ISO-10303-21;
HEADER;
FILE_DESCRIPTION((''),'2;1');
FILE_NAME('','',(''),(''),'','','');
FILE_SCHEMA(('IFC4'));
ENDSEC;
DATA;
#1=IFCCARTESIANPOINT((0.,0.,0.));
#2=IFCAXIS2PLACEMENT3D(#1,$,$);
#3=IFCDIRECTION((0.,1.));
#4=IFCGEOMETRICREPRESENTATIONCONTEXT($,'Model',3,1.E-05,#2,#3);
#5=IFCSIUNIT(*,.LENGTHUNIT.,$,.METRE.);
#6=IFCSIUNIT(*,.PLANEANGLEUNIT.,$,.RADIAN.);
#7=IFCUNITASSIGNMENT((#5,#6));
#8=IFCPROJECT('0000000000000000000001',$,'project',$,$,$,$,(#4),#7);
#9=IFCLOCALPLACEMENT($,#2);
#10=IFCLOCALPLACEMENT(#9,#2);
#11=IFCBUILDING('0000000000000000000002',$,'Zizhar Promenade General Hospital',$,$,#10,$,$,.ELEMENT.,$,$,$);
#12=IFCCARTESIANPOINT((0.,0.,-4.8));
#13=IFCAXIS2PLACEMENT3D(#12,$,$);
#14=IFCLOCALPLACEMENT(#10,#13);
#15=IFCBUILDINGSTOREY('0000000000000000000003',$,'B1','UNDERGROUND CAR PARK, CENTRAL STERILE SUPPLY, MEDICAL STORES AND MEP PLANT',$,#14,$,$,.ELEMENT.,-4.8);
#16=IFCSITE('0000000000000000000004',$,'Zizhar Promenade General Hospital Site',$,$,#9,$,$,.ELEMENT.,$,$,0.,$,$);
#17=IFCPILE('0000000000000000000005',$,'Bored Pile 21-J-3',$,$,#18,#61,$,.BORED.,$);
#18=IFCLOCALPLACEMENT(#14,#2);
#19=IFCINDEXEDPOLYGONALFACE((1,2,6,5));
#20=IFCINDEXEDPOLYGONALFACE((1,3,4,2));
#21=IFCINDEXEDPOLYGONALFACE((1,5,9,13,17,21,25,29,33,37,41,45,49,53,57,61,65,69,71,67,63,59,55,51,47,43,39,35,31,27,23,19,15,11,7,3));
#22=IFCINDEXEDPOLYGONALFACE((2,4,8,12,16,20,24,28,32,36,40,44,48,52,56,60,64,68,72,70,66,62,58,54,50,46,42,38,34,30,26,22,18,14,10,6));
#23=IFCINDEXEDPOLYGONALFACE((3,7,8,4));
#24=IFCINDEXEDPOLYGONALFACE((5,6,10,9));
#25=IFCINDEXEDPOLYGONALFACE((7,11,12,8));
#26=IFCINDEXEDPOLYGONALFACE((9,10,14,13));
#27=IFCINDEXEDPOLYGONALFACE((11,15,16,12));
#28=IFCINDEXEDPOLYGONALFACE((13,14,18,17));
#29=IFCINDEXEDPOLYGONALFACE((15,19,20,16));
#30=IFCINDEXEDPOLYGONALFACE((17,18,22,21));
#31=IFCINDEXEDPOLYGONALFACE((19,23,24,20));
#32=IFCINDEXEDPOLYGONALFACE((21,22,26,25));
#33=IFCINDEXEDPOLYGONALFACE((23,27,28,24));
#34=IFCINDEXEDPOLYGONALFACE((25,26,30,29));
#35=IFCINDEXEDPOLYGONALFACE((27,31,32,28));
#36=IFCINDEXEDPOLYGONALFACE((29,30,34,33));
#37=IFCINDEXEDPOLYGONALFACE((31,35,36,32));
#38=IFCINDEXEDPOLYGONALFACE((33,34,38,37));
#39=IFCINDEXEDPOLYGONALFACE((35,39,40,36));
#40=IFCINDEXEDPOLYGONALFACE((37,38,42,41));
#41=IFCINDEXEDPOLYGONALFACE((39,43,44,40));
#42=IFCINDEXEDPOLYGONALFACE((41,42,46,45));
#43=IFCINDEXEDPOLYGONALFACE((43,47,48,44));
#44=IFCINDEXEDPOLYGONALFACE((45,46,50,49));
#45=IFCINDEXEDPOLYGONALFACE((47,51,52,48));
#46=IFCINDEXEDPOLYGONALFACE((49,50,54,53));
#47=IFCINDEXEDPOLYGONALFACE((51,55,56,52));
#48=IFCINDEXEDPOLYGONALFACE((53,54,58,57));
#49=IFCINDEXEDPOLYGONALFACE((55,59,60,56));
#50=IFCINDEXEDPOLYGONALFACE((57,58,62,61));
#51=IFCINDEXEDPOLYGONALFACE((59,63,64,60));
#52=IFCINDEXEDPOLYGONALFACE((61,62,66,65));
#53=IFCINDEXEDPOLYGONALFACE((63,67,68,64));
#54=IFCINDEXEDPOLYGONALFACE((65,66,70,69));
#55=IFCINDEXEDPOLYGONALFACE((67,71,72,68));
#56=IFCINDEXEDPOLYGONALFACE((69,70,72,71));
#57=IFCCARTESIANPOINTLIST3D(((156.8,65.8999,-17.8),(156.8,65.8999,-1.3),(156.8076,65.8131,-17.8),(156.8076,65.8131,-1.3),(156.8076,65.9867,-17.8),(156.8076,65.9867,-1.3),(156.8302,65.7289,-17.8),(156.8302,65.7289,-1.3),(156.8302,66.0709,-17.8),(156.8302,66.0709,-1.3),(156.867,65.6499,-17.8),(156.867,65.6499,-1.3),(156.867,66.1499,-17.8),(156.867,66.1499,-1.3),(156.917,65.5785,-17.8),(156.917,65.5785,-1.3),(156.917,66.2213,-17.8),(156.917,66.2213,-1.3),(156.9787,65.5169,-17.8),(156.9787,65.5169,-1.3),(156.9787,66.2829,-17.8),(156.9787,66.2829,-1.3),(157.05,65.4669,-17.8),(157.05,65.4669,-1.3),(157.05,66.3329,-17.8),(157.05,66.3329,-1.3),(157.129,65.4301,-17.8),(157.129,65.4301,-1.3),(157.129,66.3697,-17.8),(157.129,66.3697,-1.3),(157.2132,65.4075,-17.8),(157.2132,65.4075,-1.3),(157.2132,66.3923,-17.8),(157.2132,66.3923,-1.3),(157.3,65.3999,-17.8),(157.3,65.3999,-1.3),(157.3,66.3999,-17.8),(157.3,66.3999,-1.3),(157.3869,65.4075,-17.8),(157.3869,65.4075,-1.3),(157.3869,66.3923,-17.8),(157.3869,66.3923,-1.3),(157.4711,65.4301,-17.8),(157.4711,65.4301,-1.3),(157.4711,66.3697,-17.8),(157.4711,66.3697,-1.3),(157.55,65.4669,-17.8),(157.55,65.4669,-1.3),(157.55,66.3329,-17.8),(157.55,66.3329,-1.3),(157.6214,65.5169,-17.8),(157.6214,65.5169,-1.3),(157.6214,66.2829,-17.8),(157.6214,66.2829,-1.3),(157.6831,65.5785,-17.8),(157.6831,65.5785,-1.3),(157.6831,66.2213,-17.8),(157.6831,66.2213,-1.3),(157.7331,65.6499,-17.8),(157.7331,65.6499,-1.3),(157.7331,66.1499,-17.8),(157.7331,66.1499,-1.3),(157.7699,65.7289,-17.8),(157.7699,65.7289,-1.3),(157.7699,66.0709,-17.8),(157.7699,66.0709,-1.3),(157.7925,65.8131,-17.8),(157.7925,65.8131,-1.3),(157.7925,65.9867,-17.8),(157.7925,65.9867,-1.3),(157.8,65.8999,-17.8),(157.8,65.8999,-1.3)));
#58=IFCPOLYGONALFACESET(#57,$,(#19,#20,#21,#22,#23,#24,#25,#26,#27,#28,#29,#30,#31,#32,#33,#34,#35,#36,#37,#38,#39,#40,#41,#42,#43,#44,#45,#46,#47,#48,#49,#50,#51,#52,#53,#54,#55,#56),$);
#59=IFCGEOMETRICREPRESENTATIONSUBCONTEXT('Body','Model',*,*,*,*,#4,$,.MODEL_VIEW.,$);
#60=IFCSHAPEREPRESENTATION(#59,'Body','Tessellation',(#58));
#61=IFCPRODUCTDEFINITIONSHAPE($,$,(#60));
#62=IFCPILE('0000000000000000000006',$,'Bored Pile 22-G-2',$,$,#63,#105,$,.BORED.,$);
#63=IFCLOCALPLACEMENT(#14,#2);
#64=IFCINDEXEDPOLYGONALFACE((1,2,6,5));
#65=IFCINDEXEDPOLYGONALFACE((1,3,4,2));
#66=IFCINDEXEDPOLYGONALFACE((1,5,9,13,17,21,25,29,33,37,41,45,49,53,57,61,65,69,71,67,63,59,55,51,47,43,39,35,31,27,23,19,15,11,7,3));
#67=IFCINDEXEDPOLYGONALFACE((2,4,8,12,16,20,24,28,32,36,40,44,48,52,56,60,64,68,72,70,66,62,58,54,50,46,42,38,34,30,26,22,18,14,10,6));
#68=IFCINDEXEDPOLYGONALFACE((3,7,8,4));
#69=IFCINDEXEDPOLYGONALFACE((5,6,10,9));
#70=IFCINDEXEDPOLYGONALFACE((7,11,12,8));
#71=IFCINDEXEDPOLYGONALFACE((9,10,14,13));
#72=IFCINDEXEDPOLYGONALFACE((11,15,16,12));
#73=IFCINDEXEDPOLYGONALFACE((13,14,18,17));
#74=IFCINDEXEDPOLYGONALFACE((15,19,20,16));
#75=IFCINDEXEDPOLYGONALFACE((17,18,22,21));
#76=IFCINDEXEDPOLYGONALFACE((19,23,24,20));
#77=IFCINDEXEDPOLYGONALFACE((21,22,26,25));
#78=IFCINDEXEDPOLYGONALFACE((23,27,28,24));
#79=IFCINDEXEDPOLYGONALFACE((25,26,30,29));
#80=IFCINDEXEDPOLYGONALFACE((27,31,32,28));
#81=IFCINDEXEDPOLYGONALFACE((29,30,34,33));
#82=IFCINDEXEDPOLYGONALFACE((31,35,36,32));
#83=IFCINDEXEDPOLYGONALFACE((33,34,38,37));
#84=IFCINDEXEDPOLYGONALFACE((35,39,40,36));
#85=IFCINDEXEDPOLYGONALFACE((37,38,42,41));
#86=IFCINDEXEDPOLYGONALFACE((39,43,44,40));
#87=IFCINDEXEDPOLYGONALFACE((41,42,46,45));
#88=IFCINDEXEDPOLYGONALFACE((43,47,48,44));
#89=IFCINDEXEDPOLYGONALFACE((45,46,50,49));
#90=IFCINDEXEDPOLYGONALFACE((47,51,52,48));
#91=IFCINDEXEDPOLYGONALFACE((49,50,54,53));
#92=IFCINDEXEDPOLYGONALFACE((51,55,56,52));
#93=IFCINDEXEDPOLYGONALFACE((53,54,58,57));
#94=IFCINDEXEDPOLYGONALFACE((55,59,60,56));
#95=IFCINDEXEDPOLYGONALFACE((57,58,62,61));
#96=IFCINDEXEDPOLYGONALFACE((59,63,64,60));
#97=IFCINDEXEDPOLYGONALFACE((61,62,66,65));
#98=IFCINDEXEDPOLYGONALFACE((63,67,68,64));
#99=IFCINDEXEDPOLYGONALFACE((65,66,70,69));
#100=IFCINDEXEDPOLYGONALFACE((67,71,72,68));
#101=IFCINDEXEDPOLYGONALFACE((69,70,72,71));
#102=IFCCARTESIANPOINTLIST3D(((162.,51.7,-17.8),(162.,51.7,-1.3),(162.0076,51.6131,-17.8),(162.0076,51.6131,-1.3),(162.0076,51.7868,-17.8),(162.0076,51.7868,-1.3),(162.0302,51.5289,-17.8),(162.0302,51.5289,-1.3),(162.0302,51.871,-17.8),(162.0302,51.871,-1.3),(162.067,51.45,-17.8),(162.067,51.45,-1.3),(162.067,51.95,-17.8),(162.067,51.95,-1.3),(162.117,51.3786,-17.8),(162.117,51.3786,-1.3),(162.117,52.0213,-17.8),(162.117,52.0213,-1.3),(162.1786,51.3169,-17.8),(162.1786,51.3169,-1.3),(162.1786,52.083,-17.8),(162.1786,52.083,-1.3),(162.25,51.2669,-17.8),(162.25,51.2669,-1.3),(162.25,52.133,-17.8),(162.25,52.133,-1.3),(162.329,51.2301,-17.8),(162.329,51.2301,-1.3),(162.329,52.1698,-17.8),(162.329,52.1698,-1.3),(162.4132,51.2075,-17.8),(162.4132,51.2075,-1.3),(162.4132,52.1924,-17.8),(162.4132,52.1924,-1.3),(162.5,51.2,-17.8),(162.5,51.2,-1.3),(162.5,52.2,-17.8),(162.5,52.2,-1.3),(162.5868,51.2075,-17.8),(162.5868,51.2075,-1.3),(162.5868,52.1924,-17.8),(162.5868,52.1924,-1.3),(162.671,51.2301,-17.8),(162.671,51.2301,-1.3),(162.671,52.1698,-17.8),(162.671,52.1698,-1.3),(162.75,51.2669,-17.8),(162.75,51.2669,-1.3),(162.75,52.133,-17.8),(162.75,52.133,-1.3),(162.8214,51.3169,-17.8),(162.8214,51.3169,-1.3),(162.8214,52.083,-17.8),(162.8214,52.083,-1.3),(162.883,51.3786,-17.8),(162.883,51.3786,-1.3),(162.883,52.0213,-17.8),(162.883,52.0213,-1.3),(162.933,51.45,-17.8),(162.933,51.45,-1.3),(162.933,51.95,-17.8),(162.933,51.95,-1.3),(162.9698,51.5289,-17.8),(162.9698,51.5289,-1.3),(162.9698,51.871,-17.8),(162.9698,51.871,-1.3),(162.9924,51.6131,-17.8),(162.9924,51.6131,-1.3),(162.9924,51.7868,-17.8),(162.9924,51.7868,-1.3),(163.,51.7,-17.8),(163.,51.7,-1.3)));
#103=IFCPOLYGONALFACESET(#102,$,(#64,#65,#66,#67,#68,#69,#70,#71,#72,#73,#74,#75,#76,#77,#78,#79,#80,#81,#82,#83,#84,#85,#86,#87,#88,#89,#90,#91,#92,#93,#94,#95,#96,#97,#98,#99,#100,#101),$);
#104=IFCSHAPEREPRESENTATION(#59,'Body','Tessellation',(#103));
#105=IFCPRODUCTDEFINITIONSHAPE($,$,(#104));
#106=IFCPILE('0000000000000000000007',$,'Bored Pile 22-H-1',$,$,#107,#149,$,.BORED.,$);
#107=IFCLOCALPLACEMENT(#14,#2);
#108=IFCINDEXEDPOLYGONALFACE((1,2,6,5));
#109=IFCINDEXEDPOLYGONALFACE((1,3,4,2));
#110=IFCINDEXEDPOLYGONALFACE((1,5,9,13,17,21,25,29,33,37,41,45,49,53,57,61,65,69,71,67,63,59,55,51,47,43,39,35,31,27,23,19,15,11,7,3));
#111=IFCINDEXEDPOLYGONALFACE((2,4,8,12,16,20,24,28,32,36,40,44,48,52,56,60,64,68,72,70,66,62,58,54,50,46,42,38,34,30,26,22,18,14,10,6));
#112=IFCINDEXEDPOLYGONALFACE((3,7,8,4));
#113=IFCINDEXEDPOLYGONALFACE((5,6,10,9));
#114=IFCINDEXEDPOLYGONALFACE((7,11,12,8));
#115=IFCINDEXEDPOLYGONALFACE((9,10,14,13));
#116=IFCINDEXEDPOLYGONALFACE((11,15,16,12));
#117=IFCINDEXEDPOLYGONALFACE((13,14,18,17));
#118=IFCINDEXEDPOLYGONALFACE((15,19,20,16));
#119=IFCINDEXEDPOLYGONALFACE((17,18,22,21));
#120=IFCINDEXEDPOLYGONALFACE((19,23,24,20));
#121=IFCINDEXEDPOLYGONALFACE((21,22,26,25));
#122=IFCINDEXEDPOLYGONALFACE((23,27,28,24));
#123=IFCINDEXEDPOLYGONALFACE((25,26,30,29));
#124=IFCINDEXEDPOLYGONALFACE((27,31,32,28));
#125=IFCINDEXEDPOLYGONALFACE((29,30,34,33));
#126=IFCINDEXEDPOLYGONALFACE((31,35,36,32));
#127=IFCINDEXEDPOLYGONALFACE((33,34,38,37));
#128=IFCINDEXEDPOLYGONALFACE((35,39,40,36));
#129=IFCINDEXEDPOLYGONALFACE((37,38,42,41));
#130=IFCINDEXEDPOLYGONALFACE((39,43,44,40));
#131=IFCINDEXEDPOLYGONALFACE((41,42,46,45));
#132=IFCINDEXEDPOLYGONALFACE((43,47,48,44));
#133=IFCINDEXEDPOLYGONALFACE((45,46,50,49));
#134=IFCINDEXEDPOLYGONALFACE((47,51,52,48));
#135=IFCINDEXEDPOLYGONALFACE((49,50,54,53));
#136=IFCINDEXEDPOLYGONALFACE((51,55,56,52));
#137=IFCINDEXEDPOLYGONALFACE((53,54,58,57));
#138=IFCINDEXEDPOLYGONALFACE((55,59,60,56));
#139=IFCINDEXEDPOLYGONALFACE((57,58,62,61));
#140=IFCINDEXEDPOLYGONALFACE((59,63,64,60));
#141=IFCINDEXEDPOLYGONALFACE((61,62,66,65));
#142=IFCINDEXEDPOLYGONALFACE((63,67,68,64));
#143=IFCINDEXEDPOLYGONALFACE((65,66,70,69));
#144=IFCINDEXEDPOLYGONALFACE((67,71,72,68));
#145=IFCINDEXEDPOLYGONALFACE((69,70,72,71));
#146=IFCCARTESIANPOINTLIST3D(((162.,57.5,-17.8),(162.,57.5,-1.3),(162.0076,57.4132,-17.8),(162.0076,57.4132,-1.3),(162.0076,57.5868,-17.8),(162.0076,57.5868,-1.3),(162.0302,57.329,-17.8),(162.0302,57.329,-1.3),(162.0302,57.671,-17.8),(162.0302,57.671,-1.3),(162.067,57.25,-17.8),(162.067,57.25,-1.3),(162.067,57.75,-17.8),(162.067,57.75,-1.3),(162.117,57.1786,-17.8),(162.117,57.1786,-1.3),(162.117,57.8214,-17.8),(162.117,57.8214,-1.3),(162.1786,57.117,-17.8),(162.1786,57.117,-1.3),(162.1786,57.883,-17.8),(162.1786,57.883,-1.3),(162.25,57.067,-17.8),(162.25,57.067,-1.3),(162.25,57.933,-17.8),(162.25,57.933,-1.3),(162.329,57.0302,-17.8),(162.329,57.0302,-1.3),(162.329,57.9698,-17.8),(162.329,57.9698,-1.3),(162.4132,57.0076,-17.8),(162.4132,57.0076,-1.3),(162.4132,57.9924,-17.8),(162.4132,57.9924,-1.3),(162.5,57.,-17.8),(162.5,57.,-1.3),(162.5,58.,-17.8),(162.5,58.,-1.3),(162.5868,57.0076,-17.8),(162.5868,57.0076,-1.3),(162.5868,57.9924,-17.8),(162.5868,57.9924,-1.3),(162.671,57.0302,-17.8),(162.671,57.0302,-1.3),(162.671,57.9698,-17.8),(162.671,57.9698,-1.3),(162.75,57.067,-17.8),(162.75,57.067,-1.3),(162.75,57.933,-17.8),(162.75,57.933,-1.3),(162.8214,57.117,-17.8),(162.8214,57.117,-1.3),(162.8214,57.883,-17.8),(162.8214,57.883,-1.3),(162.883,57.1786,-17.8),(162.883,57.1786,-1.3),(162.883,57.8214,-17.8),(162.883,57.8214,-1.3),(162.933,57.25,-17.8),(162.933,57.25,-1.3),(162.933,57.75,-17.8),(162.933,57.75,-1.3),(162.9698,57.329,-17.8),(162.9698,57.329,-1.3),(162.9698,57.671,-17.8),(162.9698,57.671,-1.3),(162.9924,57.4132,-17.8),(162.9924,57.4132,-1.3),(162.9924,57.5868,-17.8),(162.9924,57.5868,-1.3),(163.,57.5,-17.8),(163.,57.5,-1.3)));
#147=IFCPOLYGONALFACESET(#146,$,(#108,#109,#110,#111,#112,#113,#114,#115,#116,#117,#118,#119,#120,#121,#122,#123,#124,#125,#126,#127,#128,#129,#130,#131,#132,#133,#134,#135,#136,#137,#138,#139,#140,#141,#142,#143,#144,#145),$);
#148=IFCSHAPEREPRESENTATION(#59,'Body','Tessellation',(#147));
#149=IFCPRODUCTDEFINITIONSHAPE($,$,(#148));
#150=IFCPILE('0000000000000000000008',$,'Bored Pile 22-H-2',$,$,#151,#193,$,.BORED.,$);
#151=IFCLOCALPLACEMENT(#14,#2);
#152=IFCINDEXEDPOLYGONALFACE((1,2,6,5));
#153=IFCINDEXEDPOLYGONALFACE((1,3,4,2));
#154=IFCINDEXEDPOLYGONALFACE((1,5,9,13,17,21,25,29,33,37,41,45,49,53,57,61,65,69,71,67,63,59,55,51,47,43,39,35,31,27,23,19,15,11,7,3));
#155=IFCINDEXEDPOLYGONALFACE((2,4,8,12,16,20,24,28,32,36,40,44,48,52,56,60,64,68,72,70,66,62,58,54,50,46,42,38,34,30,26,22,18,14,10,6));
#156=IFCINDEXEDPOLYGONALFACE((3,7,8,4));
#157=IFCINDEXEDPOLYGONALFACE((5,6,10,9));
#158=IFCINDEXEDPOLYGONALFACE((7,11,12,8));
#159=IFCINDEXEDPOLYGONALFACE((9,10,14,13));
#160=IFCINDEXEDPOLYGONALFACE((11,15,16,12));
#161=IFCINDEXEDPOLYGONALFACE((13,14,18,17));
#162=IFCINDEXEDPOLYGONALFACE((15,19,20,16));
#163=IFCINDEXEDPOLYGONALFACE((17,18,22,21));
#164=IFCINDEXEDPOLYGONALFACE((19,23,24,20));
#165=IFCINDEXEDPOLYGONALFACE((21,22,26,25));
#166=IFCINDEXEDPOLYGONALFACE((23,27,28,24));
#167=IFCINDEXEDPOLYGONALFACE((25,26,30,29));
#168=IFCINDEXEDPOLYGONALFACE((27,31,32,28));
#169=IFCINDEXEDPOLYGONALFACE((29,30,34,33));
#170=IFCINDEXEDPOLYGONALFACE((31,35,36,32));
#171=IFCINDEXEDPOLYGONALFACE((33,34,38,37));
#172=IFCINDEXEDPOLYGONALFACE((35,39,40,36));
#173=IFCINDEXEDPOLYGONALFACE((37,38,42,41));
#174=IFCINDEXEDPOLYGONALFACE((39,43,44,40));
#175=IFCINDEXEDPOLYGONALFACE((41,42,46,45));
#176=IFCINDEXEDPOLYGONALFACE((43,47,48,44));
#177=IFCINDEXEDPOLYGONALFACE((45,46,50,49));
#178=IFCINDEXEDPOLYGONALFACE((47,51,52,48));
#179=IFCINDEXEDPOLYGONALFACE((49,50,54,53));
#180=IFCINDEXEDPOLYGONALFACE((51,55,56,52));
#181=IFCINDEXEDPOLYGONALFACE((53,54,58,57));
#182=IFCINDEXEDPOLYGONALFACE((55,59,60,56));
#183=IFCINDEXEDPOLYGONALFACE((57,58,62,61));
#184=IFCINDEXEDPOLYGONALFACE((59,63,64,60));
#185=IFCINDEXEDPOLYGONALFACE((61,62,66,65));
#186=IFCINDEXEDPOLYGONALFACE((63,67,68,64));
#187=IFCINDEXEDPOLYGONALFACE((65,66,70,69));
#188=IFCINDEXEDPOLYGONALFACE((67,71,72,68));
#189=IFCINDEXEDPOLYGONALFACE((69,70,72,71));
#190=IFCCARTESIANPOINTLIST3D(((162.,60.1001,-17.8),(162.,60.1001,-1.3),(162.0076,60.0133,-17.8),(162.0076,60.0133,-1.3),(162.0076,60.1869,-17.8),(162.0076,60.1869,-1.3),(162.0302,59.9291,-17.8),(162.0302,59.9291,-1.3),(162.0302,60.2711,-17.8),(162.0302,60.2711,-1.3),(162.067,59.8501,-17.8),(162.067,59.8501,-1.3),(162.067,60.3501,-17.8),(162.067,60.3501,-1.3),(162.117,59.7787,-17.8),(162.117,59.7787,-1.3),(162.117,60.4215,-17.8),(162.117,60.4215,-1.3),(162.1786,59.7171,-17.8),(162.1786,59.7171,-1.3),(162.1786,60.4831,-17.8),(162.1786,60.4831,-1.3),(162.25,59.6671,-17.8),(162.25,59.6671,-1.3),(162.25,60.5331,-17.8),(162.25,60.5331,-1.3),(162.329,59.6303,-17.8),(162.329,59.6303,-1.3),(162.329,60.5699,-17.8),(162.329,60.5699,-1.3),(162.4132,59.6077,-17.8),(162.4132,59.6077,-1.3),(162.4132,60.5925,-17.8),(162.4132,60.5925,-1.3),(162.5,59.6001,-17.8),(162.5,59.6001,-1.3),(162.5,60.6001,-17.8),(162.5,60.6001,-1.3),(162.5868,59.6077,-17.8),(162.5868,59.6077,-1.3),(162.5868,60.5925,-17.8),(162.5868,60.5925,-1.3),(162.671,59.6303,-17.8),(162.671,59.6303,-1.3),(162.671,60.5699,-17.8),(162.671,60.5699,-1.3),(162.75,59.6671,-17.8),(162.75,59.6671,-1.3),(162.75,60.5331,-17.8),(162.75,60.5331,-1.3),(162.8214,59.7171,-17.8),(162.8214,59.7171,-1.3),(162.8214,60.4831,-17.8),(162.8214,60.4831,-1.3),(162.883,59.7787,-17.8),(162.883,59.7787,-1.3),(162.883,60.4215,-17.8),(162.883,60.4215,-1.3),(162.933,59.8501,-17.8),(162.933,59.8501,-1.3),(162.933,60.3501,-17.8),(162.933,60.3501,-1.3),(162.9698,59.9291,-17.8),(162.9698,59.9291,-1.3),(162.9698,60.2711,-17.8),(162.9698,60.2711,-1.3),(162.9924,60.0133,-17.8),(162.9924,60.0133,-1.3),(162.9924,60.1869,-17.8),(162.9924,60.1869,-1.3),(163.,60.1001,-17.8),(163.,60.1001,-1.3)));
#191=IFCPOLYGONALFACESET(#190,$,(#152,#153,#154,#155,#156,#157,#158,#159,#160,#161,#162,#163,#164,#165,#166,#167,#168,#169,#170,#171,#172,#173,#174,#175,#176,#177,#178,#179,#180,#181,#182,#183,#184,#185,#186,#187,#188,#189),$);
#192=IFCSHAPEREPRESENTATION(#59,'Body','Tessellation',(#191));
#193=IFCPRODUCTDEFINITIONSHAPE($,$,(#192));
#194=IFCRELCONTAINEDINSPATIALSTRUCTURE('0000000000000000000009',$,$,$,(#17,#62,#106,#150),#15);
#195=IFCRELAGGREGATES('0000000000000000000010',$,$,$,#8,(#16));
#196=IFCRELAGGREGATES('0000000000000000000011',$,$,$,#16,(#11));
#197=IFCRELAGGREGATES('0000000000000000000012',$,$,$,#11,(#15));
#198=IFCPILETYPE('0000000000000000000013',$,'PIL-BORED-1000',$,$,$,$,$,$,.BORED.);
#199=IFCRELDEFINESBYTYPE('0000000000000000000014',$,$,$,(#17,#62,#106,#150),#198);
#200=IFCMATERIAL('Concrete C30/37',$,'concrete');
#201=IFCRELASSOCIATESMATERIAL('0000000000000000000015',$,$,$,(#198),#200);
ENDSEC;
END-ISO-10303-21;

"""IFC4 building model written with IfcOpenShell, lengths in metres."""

from ifc_helpers import new_model, si_unit, direction, frame, origin, origin_2d, place, context, subcontext, project, spatial, circle, extrude, material, material_profile, profile_set, type_object, element, save


model = new_model("IFC4")

# Units and contexts
model_context = context("Model", 3, precision=1e-05, world=origin(), true_north=direction((0.0, 1.0)))
body_context = subcontext(model_context, "Body", "Model", "MODEL_VIEW")
ifc_project = project(units=[si_unit("LENGTHUNIT", "METRE"), si_unit("PLANEANGLEUNIT", "RADIAN")], contexts=[model_context])

# Site, building, storey
site_placement = place(None, origin())
site = spatial("IfcSite", under=ifc_project, at=site_placement, Name="Zizhar Promenade General Hospital Site", CompositionType="ELEMENT", RefElevation=0.0)
building_placement = place(site_placement, origin())
building = spatial("IfcBuilding", under=site, at=building_placement, Name="Zizhar Promenade General Hospital", CompositionType="ELEMENT")
storey_placement = place(building_placement, frame((0.0, 0.0, -4.8)))
storey = spatial("IfcBuildingStorey", under=building, at=storey_placement, Name="B1", Description="UNDERGROUND CAR PARK, CENTRAL STERILE SUPPLY, MEDICAL STORES AND MEP PLANT", CompositionType="ELEMENT", Elevation=-4.8)

# Piles
ifc_material_1 = material(Name="Concrete C30/37", Category="concrete")
ifc_material_profile_1 = material_profile(ifc_material_1, circle(Radius=0.5, at=origin_2d()))
ifc_profile_set_1 = profile_set([ifc_material_profile_1], Name="Concrete C30/37")
pile_type = type_object("IfcPileType", Name="PIL-BORED-1000", PredefinedType="BORED", material=ifc_profile_set_1)
for number, where, z_axis, x_axis, name in (
    (1, (157.3, 65.8999, -1.3), (0.0, 0.0, -1.0), (1.0, 0.0, 0.0), "Bored Pile 21-J-3"),
    (2, (162.5, 51.7, -1.3), (0.0, 0.0, -1.0), (1.0, 0.0, 0.0), "Bored Pile 22-G-2"),
    (3, (162.5, 57.5, -1.3), (0.0, 0.0, -1.0), (1.0, 0.0, 0.0), "Bored Pile 22-H-1"),
    (4, (162.5, 60.1001, -1.3), (0.0, 0.0, -1.0), (1.0, 0.0, 0.0), "Bored Pile 22-H-2"),
):
    element("IfcPile", number, at=place(storey_placement, frame(where, z_axis=z_axis, x_axis=x_axis)), inside=storey, type_object=pile_type, Name=name, PredefinedType="BORED", context=body_context, shape_type="SweptSolid", body=[
        extrude(circle(Radius=0.5, at=origin_2d()), origin(), (0.0, 0.0, 1.0), 16.5),
    ])

save(model, "model.ifc")
